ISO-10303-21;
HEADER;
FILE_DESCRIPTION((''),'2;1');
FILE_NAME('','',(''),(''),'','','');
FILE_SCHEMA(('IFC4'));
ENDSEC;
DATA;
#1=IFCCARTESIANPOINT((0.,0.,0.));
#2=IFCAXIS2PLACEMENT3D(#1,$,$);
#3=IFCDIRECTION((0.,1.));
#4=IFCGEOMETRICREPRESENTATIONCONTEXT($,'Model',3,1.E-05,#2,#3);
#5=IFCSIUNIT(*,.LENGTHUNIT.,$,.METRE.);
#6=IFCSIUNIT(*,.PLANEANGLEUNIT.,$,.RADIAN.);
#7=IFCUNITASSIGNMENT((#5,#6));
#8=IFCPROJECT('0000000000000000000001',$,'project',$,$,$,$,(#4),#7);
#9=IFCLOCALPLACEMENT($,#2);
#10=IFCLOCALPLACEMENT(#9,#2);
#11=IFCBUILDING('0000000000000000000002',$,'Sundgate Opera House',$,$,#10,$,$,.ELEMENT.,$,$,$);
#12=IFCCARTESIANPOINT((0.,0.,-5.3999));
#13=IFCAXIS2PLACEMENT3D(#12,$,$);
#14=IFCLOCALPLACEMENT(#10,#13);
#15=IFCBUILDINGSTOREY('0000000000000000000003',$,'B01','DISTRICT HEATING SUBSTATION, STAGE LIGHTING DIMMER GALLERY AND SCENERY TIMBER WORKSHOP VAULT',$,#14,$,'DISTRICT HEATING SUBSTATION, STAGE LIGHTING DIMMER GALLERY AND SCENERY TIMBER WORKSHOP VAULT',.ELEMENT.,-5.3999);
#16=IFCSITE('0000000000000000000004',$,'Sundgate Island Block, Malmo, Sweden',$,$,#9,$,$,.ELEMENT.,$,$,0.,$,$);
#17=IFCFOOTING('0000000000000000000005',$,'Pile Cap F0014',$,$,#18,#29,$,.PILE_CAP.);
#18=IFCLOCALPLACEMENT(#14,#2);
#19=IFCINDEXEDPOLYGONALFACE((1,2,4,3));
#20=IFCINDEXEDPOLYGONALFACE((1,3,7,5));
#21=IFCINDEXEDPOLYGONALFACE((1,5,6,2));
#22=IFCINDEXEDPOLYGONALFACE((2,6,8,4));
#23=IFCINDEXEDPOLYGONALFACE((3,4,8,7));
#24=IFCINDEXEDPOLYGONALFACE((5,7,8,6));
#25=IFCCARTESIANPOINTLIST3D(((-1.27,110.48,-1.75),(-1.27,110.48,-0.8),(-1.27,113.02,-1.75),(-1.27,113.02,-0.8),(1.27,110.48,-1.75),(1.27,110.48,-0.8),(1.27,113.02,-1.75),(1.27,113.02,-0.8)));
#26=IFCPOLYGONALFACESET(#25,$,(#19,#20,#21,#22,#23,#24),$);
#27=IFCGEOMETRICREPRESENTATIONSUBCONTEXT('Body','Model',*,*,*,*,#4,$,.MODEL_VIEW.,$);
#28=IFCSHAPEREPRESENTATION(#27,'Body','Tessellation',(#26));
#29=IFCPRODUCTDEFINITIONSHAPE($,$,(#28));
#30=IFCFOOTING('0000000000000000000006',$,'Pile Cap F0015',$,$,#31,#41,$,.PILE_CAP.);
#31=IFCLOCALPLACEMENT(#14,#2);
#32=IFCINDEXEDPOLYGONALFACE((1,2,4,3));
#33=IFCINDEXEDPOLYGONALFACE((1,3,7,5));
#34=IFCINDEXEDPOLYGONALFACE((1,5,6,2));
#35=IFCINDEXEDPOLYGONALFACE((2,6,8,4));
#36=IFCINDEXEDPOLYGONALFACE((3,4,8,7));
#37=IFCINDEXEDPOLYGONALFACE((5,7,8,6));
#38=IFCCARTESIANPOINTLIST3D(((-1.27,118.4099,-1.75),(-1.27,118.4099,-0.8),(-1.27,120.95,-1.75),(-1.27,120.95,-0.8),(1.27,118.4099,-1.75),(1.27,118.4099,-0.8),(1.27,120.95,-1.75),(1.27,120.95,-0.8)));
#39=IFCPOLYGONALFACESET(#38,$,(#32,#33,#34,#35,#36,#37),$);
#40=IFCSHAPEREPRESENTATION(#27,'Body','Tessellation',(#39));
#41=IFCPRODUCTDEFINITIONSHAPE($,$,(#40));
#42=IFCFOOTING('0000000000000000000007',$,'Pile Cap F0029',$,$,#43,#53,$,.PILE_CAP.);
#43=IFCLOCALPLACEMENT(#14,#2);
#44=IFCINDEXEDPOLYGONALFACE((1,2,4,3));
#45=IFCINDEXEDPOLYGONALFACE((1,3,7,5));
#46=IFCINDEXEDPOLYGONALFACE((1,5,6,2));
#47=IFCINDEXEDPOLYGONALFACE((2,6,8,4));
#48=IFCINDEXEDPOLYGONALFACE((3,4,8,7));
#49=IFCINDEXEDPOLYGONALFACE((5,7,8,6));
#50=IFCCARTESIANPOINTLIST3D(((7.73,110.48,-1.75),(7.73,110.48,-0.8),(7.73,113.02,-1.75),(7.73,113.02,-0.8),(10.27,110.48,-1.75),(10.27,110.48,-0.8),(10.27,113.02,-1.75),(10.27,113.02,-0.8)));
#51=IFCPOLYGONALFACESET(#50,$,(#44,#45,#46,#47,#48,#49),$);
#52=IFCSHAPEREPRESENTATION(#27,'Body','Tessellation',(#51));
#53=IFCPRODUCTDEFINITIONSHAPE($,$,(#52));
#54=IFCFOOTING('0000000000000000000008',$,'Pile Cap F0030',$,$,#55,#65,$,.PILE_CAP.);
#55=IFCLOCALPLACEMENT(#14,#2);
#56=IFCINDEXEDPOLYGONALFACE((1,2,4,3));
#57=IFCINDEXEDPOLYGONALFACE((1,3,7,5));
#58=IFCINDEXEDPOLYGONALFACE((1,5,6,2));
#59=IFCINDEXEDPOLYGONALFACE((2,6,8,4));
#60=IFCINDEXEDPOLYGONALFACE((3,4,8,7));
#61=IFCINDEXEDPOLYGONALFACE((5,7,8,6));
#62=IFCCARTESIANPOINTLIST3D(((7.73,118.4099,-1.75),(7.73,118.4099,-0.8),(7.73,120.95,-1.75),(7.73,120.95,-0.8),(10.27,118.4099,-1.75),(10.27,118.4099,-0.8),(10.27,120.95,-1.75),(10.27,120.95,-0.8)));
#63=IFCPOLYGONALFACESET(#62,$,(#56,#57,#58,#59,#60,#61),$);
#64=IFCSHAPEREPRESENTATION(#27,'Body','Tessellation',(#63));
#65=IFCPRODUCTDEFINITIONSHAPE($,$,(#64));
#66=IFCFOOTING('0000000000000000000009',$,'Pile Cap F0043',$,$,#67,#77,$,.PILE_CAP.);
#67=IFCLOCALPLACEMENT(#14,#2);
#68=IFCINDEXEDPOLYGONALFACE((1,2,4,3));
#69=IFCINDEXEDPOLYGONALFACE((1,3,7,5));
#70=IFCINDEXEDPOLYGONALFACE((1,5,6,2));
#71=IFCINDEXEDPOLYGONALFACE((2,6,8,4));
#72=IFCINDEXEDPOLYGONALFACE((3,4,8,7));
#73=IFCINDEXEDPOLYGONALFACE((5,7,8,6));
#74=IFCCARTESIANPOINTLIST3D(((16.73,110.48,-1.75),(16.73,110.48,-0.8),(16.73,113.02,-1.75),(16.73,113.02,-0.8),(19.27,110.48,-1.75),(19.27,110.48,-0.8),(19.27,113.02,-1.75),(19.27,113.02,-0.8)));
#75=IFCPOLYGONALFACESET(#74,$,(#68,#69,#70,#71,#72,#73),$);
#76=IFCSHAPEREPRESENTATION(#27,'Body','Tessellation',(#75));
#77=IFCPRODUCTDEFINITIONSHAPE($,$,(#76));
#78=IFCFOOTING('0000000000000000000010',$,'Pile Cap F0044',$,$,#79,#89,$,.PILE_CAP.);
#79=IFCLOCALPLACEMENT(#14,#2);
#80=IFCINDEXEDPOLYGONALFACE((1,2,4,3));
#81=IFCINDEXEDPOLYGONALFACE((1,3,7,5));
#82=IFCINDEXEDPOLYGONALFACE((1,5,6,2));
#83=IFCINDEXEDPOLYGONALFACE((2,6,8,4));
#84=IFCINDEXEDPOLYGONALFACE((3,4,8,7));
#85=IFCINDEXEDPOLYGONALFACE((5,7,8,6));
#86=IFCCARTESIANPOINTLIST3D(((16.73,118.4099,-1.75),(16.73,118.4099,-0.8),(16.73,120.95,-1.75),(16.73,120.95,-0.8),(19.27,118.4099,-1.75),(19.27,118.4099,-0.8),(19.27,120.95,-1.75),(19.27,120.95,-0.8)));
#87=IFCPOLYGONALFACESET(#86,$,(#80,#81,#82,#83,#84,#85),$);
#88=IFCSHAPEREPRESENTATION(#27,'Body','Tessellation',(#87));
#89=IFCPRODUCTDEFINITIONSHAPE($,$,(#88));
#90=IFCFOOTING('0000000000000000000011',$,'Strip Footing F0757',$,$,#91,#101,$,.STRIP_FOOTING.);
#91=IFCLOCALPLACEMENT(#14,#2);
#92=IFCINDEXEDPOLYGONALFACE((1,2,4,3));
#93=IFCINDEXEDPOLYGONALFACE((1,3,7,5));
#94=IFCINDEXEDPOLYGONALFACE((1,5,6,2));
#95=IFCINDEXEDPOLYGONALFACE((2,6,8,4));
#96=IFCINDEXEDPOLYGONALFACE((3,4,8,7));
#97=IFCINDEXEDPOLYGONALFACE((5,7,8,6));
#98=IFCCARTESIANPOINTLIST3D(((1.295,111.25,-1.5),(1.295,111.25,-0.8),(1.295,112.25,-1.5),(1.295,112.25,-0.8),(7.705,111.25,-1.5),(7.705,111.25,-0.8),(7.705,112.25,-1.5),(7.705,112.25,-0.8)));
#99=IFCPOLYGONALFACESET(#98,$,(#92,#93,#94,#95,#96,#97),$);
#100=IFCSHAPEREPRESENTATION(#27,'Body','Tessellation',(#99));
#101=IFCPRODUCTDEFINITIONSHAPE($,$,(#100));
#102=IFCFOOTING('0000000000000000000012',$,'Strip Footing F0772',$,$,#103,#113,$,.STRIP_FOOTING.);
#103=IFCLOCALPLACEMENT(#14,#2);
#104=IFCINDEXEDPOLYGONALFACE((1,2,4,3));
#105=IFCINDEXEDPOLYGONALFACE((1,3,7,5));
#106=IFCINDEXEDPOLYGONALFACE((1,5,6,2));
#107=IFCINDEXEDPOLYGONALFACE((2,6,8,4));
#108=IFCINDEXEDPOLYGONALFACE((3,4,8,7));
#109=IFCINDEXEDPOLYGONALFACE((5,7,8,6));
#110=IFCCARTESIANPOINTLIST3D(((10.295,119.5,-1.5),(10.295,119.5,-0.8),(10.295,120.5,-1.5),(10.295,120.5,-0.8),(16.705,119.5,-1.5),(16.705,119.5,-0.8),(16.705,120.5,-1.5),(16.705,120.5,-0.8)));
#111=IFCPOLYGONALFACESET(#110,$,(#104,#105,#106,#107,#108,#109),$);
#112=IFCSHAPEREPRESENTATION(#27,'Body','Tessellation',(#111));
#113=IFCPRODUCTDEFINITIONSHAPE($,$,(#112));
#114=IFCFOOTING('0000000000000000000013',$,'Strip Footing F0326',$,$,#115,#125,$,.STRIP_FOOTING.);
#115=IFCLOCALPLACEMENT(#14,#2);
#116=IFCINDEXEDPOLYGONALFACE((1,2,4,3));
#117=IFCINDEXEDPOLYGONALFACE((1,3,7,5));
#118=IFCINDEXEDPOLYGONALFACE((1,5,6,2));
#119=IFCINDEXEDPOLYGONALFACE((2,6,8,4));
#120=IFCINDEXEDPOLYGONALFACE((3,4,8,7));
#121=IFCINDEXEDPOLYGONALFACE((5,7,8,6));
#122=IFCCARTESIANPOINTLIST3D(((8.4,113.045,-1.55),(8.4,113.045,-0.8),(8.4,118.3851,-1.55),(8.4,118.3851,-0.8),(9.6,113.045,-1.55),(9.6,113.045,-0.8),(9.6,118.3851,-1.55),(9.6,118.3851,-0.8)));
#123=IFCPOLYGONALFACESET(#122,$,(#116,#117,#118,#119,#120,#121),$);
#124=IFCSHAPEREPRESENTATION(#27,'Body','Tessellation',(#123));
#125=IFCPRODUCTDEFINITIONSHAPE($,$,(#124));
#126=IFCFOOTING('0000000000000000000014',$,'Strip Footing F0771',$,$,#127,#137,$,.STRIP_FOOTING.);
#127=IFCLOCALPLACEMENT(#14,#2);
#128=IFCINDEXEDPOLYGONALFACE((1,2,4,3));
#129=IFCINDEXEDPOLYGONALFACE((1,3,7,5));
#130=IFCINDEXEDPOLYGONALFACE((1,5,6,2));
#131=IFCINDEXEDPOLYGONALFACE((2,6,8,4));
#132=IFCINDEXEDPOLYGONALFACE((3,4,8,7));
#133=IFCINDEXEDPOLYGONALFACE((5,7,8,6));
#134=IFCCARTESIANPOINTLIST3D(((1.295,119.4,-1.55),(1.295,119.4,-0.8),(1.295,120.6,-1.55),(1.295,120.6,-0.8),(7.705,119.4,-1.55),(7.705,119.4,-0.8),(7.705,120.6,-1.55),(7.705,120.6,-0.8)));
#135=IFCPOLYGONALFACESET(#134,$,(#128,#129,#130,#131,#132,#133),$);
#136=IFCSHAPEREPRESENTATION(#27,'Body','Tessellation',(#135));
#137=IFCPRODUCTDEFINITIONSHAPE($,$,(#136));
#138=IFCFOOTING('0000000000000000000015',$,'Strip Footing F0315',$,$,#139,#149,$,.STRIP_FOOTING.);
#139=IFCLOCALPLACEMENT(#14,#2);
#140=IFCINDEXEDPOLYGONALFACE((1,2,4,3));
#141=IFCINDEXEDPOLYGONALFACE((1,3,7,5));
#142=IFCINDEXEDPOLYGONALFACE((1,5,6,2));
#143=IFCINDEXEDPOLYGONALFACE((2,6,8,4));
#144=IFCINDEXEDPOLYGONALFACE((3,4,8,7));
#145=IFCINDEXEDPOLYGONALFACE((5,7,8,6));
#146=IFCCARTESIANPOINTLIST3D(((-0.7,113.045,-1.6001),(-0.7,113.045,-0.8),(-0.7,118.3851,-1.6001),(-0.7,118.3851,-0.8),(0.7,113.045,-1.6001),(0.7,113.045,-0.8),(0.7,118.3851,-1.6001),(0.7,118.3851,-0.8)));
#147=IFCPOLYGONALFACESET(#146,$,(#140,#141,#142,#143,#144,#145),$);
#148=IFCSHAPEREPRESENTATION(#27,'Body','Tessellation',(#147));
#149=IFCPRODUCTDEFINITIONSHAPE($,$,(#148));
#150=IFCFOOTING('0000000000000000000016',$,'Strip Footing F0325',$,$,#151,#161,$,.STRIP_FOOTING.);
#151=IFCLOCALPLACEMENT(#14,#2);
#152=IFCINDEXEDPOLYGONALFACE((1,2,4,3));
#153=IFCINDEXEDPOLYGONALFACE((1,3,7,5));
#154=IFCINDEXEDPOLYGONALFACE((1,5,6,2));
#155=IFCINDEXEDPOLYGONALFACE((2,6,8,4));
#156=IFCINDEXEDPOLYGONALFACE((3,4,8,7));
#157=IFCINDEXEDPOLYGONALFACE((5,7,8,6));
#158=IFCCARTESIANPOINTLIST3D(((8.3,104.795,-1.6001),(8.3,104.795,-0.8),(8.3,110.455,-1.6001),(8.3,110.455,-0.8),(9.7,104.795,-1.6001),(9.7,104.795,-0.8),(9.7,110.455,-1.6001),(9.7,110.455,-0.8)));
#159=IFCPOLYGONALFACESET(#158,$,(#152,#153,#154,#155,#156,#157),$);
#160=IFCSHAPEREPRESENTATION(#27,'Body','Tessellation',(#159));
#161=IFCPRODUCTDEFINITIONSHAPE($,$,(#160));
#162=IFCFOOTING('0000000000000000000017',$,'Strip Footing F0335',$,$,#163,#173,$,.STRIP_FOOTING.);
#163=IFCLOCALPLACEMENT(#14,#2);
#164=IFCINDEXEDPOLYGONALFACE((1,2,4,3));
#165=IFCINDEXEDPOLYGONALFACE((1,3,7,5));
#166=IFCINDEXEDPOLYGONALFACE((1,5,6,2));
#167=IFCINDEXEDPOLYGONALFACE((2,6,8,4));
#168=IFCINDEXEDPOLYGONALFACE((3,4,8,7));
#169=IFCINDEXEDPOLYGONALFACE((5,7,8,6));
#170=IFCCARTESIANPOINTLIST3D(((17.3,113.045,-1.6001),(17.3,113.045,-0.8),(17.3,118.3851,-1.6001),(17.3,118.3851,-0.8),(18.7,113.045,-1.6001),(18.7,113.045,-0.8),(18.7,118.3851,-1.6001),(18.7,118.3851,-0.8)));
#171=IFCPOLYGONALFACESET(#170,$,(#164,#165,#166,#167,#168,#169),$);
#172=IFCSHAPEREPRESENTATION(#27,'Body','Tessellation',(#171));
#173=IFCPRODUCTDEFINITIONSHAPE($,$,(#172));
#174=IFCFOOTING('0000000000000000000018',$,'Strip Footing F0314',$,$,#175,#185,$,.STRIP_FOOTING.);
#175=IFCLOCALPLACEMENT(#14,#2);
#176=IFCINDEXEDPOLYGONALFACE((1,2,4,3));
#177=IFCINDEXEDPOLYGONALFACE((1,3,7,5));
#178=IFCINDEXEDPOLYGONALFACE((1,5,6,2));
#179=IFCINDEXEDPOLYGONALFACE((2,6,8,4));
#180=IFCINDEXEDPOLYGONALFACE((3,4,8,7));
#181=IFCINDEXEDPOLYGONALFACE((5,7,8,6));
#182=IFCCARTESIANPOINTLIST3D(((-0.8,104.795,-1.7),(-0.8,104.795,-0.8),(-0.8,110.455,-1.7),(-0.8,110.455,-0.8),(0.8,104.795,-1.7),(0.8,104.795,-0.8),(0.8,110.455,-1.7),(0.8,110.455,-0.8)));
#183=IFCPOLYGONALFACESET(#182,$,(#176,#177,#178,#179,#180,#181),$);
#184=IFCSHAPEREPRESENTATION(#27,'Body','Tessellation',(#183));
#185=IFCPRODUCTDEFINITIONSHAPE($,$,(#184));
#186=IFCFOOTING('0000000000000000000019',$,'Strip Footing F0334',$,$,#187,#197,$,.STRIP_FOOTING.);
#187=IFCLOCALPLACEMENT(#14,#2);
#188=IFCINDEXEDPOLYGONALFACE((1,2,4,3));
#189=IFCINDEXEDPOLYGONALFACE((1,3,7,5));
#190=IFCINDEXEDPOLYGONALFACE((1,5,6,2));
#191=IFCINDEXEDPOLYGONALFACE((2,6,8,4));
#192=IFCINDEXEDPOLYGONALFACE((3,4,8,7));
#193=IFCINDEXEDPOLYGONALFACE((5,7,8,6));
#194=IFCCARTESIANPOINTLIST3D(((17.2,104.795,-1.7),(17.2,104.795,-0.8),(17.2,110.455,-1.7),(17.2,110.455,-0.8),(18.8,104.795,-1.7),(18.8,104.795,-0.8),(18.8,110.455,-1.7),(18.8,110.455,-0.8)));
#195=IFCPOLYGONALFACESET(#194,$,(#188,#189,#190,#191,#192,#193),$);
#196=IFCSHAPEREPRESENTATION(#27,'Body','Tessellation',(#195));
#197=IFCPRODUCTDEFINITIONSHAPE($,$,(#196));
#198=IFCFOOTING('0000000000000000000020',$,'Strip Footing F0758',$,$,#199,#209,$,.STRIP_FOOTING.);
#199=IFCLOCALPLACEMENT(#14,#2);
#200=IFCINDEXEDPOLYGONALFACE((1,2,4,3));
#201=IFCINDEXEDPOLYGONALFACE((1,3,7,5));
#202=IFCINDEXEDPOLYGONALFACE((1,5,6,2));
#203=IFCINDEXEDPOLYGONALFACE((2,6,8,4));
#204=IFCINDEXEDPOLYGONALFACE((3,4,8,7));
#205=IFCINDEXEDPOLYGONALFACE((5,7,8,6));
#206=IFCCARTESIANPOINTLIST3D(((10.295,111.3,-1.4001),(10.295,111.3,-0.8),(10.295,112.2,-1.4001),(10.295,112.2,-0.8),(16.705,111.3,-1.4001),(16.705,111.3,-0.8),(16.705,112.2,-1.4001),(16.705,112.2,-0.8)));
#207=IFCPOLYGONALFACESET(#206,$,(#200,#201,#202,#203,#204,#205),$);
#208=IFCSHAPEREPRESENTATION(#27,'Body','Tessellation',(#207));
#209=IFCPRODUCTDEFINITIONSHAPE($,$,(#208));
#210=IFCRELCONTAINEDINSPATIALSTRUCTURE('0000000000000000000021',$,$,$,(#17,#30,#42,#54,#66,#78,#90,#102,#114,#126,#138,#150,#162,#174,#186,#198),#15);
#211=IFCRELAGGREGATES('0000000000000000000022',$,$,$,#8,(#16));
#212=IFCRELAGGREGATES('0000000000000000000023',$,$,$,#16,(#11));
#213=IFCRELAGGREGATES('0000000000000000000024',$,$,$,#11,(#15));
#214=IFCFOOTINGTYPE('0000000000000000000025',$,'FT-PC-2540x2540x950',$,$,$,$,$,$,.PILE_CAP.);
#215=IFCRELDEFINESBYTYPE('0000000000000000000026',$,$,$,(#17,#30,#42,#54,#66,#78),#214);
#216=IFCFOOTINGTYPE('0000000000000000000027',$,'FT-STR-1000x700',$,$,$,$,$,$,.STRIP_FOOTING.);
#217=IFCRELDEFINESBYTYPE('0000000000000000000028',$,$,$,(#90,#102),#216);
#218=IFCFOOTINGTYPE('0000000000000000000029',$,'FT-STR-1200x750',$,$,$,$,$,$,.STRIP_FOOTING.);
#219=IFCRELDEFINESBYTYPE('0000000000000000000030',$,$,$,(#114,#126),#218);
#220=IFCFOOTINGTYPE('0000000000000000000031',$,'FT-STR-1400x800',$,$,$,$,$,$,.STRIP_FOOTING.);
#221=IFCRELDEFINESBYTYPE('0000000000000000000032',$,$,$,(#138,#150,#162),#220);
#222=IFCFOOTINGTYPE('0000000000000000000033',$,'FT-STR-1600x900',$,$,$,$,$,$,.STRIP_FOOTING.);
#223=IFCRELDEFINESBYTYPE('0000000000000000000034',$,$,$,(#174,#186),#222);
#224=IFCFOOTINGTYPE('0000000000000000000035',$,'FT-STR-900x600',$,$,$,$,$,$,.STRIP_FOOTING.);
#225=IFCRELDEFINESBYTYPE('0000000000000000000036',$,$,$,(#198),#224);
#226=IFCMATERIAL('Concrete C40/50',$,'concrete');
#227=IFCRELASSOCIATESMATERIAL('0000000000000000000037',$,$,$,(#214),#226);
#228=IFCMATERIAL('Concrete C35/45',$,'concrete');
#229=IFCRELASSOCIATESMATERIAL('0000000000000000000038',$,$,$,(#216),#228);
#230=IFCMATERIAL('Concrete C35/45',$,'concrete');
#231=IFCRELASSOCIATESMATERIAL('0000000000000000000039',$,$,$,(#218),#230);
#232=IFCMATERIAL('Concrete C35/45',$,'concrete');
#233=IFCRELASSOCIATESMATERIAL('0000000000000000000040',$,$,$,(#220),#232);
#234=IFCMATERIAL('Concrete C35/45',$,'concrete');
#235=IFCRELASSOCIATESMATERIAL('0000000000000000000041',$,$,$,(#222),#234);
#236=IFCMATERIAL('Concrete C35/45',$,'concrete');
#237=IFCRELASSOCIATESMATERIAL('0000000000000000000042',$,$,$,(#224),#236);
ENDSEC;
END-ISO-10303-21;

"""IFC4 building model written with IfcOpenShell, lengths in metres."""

from ifc_helpers import new_model, si_unit, direction, frame, origin, origin_2d, place, context, subcontext, project, spatial, rectangle, extrude, material, type_object, element, save


model = new_model("IFC4")

# Units and contexts
model_context = context("Model", 3, precision=1e-05, world=origin(), true_north=direction((0.0, 1.0)))
body_context = subcontext(model_context, "Body", "Model", "MODEL_VIEW")
ifc_project = project(units=[si_unit("LENGTHUNIT", "METRE"), si_unit("PLANEANGLEUNIT", "RADIAN")], contexts=[model_context])

# Site, building, storey
site_placement = place(None, origin())
site = spatial("IfcSite", under=ifc_project, at=site_placement, Name="Sundgate Island Block, Malmo, Sweden", CompositionType="ELEMENT", RefElevation=0.0)
building_placement = place(site_placement, origin())
building = spatial("IfcBuilding", under=site, at=building_placement, Name="Sundgate Opera House", CompositionType="ELEMENT")
storey_placement = place(building_placement, frame((0.0, 0.0, -5.3999)))
storey = spatial("IfcBuildingStorey", under=building, at=storey_placement, Name="B01", Description="DISTRICT HEATING SUBSTATION, STAGE LIGHTING DIMMER GALLERY AND SCENERY TIMBER WORKSHOP VAULT", LongName="DISTRICT HEATING SUBSTATION, STAGE LIGHTING DIMMER GALLERY AND SCENERY TIMBER WORKSHOP VAULT", CompositionType="ELEMENT", Elevation=-5.3999)

# Footings
ifc_material_1 = material(Name="Concrete C40/50", Category="concrete")
footing_type_1 = type_object("IfcFootingType", Name="FT-PC-2540x2540x950", PredefinedType="PILE_CAP", material=ifc_material_1)
for number, where, z_axis, x_axis, name in (
    (1, (0.0, 111.75, -1.75), (0.0, 0.0, 1.0), (1.0, 0.0, 0.0), "Pile Cap F0014"),
    (2, (0.0, 119.6799, -1.75), (0.0, 0.0, 1.0), (1.0, 0.0, 0.0), "Pile Cap F0015"),
    (3, (9.0, 111.75, -1.75), (0.0, 0.0, 1.0), (1.0, 0.0, 0.0), "Pile Cap F0029"),
    (4, (9.0, 119.6799, -1.75), (0.0, 0.0, 1.0), (1.0, 0.0, 0.0), "Pile Cap F0030"),
    (5, (18.0, 111.75, -1.75), (0.0, 0.0, 1.0), (1.0, 0.0, 0.0), "Pile Cap F0043"),
    (6, (18.0, 119.6799, -1.75), (0.0, 0.0, 1.0), (1.0, 0.0, 0.0), "Pile Cap F0044"),
):
    element("IfcFooting", number, at=place(storey_placement, frame(where, z_axis=z_axis, x_axis=x_axis)), inside=storey, type_object=footing_type_1, Name=name, PredefinedType="PILE_CAP", context=body_context, shape_type="SweptSolid", body=[
        extrude(rectangle(XDim=2.54, YDim=2.54, at=origin_2d()), origin(), (0.0, 0.0, 1.0), 0.95),
    ])
ifc_material_2 = material(Name="Concrete C35/45", Category="concrete")
footing_type_2 = type_object("IfcFootingType", Name="FT-STR-1000x700", PredefinedType="STRIP_FOOTING", material=ifc_material_2)
for number, where, z_axis, x_axis, name in (
    (7, (4.5, 111.75, -1.5), (0.0, 0.0, 1.0), (1.0, 0.0, 0.0), "Strip Footing F0757"),
    (8, (13.5, 120.0, -1.5), (0.0, 0.0, 1.0), (1.0, 0.0, 0.0), "Strip Footing F0772"),
):
    element("IfcFooting", number, at=place(storey_placement, frame(where, z_axis=z_axis, x_axis=x_axis)), inside=storey, type_object=footing_type_2, Name=name, PredefinedType="STRIP_FOOTING", context=body_context, shape_type="SweptSolid", body=[
        extrude(rectangle(XDim=6.4099, YDim=1.0, at=origin_2d()), origin(), (0.0, 0.0, 1.0), 0.7),
    ])
ifc_material_3 = material(Name="Concrete C35/45", Category="concrete")
footing_type_3 = type_object("IfcFootingType", Name="FT-STR-1200x750", PredefinedType="STRIP_FOOTING", material=ifc_material_3)
footing_1_placement = place(storey_placement, frame((9.0, 115.7151, -1.55), z_axis=(0.0, 0.0, 1.0), x_axis=(1.0, 0.0, 0.0)))
element("IfcFooting", 9, at=footing_1_placement, inside=storey, type_object=footing_type_3, Name="Strip Footing F0326", PredefinedType="STRIP_FOOTING", context=body_context, shape_type="SweptSolid", body=[
    extrude(rectangle(XDim=1.2, YDim=5.3401, at=origin_2d()), origin(), (0.0, 0.0, 1.0), 0.75),
])
footing_2_placement = place(storey_placement, frame((4.5, 120.0, -1.55), z_axis=(0.0, 0.0, 1.0), x_axis=(1.0, 0.0, 0.0)))
element("IfcFooting", 10, at=footing_2_placement, inside=storey, type_object=footing_type_3, Name="Strip Footing F0771", PredefinedType="STRIP_FOOTING", context=body_context, shape_type="SweptSolid", body=[
    extrude(rectangle(XDim=6.4099, YDim=1.2, at=origin_2d()), origin(), (0.0, 0.0, 1.0), 0.75),
])
ifc_material_4 = material(Name="Concrete C35/45", Category="concrete")
footing_type_4 = type_object("IfcFootingType", Name="FT-STR-1400x800", PredefinedType="STRIP_FOOTING", material=ifc_material_4)
footing_3_placement = place(storey_placement, frame((0.0, 115.7151, -1.6001), z_axis=(0.0, 0.0, 1.0), x_axis=(1.0, 0.0, 0.0)))
element("IfcFooting", 11, at=footing_3_placement, inside=storey, type_object=footing_type_4, Name="Strip Footing F0315", PredefinedType="STRIP_FOOTING", context=body_context, shape_type="SweptSolid", body=[
    extrude(rectangle(XDim=1.3999, YDim=5.3401, at=origin_2d()), origin(), (0.0, 0.0, 1.0), 0.8),
])
footing_4_placement = place(storey_placement, frame((9.0, 107.625, -1.6001), z_axis=(0.0, 0.0, 1.0), x_axis=(1.0, 0.0, 0.0)))
element("IfcFooting", 12, at=footing_4_placement, inside=storey, type_object=footing_type_4, Name="Strip Footing F0325", PredefinedType="STRIP_FOOTING", context=body_context, shape_type="SweptSolid", body=[
    extrude(rectangle(XDim=1.3999, YDim=5.6599, at=origin_2d()), origin(), (0.0, 0.0, 1.0), 0.8),
])
footing_5_placement = place(storey_placement, frame((18.0, 115.7151, -1.6001), z_axis=(0.0, 0.0, 1.0), x_axis=(1.0, 0.0, 0.0)))
element("IfcFooting", 13, at=footing_5_placement, inside=storey, type_object=footing_type_4, Name="Strip Footing F0335", PredefinedType="STRIP_FOOTING", context=body_context, shape_type="SweptSolid", body=[
    extrude(rectangle(XDim=1.3999, YDim=5.3401, at=origin_2d()), origin(), (0.0, 0.0, 1.0), 0.8),
])
ifc_material_5 = material(Name="Concrete C35/45", Category="concrete")
footing_type_5 = type_object("IfcFootingType", Name="FT-STR-1600x900", PredefinedType="STRIP_FOOTING", material=ifc_material_5)
for number, where, z_axis, x_axis, name in (
    (14, (0.0, 107.625, -1.7), (0.0, 0.0, 1.0), (1.0, 0.0, 0.0), "Strip Footing F0314"),
    (15, (18.0, 107.625, -1.7), (0.0, 0.0, 1.0), (1.0, 0.0, 0.0), "Strip Footing F0334"),
):
    element("IfcFooting", number, at=place(storey_placement, frame(where, z_axis=z_axis, x_axis=x_axis)), inside=storey, type_object=footing_type_5, Name=name, PredefinedType="STRIP_FOOTING", context=body_context, shape_type="SweptSolid", body=[
        extrude(rectangle(XDim=1.6001, YDim=5.6599, at=origin_2d()), origin(), (0.0, 0.0, 1.0), 0.8999),
    ])
ifc_material_6 = material(Name="Concrete C35/45", Category="concrete")
footing_type_6 = type_object("IfcFootingType", Name="FT-STR-900x600", PredefinedType="STRIP_FOOTING", material=ifc_material_6)
footing_6_placement = place(storey_placement, frame((13.5, 111.75, -1.4001), z_axis=(0.0, 0.0, 1.0), x_axis=(1.0, 0.0, 0.0)))
element("IfcFooting", 16, at=footing_6_placement, inside=storey, type_object=footing_type_6, Name="Strip Footing F0758", PredefinedType="STRIP_FOOTING", context=body_context, shape_type="SweptSolid", body=[
    extrude(rectangle(XDim=6.4099, YDim=0.8999, at=origin_2d()), origin(), (0.0, 0.0, 1.0), 0.6001),
])

save(model, "model.ifc")
